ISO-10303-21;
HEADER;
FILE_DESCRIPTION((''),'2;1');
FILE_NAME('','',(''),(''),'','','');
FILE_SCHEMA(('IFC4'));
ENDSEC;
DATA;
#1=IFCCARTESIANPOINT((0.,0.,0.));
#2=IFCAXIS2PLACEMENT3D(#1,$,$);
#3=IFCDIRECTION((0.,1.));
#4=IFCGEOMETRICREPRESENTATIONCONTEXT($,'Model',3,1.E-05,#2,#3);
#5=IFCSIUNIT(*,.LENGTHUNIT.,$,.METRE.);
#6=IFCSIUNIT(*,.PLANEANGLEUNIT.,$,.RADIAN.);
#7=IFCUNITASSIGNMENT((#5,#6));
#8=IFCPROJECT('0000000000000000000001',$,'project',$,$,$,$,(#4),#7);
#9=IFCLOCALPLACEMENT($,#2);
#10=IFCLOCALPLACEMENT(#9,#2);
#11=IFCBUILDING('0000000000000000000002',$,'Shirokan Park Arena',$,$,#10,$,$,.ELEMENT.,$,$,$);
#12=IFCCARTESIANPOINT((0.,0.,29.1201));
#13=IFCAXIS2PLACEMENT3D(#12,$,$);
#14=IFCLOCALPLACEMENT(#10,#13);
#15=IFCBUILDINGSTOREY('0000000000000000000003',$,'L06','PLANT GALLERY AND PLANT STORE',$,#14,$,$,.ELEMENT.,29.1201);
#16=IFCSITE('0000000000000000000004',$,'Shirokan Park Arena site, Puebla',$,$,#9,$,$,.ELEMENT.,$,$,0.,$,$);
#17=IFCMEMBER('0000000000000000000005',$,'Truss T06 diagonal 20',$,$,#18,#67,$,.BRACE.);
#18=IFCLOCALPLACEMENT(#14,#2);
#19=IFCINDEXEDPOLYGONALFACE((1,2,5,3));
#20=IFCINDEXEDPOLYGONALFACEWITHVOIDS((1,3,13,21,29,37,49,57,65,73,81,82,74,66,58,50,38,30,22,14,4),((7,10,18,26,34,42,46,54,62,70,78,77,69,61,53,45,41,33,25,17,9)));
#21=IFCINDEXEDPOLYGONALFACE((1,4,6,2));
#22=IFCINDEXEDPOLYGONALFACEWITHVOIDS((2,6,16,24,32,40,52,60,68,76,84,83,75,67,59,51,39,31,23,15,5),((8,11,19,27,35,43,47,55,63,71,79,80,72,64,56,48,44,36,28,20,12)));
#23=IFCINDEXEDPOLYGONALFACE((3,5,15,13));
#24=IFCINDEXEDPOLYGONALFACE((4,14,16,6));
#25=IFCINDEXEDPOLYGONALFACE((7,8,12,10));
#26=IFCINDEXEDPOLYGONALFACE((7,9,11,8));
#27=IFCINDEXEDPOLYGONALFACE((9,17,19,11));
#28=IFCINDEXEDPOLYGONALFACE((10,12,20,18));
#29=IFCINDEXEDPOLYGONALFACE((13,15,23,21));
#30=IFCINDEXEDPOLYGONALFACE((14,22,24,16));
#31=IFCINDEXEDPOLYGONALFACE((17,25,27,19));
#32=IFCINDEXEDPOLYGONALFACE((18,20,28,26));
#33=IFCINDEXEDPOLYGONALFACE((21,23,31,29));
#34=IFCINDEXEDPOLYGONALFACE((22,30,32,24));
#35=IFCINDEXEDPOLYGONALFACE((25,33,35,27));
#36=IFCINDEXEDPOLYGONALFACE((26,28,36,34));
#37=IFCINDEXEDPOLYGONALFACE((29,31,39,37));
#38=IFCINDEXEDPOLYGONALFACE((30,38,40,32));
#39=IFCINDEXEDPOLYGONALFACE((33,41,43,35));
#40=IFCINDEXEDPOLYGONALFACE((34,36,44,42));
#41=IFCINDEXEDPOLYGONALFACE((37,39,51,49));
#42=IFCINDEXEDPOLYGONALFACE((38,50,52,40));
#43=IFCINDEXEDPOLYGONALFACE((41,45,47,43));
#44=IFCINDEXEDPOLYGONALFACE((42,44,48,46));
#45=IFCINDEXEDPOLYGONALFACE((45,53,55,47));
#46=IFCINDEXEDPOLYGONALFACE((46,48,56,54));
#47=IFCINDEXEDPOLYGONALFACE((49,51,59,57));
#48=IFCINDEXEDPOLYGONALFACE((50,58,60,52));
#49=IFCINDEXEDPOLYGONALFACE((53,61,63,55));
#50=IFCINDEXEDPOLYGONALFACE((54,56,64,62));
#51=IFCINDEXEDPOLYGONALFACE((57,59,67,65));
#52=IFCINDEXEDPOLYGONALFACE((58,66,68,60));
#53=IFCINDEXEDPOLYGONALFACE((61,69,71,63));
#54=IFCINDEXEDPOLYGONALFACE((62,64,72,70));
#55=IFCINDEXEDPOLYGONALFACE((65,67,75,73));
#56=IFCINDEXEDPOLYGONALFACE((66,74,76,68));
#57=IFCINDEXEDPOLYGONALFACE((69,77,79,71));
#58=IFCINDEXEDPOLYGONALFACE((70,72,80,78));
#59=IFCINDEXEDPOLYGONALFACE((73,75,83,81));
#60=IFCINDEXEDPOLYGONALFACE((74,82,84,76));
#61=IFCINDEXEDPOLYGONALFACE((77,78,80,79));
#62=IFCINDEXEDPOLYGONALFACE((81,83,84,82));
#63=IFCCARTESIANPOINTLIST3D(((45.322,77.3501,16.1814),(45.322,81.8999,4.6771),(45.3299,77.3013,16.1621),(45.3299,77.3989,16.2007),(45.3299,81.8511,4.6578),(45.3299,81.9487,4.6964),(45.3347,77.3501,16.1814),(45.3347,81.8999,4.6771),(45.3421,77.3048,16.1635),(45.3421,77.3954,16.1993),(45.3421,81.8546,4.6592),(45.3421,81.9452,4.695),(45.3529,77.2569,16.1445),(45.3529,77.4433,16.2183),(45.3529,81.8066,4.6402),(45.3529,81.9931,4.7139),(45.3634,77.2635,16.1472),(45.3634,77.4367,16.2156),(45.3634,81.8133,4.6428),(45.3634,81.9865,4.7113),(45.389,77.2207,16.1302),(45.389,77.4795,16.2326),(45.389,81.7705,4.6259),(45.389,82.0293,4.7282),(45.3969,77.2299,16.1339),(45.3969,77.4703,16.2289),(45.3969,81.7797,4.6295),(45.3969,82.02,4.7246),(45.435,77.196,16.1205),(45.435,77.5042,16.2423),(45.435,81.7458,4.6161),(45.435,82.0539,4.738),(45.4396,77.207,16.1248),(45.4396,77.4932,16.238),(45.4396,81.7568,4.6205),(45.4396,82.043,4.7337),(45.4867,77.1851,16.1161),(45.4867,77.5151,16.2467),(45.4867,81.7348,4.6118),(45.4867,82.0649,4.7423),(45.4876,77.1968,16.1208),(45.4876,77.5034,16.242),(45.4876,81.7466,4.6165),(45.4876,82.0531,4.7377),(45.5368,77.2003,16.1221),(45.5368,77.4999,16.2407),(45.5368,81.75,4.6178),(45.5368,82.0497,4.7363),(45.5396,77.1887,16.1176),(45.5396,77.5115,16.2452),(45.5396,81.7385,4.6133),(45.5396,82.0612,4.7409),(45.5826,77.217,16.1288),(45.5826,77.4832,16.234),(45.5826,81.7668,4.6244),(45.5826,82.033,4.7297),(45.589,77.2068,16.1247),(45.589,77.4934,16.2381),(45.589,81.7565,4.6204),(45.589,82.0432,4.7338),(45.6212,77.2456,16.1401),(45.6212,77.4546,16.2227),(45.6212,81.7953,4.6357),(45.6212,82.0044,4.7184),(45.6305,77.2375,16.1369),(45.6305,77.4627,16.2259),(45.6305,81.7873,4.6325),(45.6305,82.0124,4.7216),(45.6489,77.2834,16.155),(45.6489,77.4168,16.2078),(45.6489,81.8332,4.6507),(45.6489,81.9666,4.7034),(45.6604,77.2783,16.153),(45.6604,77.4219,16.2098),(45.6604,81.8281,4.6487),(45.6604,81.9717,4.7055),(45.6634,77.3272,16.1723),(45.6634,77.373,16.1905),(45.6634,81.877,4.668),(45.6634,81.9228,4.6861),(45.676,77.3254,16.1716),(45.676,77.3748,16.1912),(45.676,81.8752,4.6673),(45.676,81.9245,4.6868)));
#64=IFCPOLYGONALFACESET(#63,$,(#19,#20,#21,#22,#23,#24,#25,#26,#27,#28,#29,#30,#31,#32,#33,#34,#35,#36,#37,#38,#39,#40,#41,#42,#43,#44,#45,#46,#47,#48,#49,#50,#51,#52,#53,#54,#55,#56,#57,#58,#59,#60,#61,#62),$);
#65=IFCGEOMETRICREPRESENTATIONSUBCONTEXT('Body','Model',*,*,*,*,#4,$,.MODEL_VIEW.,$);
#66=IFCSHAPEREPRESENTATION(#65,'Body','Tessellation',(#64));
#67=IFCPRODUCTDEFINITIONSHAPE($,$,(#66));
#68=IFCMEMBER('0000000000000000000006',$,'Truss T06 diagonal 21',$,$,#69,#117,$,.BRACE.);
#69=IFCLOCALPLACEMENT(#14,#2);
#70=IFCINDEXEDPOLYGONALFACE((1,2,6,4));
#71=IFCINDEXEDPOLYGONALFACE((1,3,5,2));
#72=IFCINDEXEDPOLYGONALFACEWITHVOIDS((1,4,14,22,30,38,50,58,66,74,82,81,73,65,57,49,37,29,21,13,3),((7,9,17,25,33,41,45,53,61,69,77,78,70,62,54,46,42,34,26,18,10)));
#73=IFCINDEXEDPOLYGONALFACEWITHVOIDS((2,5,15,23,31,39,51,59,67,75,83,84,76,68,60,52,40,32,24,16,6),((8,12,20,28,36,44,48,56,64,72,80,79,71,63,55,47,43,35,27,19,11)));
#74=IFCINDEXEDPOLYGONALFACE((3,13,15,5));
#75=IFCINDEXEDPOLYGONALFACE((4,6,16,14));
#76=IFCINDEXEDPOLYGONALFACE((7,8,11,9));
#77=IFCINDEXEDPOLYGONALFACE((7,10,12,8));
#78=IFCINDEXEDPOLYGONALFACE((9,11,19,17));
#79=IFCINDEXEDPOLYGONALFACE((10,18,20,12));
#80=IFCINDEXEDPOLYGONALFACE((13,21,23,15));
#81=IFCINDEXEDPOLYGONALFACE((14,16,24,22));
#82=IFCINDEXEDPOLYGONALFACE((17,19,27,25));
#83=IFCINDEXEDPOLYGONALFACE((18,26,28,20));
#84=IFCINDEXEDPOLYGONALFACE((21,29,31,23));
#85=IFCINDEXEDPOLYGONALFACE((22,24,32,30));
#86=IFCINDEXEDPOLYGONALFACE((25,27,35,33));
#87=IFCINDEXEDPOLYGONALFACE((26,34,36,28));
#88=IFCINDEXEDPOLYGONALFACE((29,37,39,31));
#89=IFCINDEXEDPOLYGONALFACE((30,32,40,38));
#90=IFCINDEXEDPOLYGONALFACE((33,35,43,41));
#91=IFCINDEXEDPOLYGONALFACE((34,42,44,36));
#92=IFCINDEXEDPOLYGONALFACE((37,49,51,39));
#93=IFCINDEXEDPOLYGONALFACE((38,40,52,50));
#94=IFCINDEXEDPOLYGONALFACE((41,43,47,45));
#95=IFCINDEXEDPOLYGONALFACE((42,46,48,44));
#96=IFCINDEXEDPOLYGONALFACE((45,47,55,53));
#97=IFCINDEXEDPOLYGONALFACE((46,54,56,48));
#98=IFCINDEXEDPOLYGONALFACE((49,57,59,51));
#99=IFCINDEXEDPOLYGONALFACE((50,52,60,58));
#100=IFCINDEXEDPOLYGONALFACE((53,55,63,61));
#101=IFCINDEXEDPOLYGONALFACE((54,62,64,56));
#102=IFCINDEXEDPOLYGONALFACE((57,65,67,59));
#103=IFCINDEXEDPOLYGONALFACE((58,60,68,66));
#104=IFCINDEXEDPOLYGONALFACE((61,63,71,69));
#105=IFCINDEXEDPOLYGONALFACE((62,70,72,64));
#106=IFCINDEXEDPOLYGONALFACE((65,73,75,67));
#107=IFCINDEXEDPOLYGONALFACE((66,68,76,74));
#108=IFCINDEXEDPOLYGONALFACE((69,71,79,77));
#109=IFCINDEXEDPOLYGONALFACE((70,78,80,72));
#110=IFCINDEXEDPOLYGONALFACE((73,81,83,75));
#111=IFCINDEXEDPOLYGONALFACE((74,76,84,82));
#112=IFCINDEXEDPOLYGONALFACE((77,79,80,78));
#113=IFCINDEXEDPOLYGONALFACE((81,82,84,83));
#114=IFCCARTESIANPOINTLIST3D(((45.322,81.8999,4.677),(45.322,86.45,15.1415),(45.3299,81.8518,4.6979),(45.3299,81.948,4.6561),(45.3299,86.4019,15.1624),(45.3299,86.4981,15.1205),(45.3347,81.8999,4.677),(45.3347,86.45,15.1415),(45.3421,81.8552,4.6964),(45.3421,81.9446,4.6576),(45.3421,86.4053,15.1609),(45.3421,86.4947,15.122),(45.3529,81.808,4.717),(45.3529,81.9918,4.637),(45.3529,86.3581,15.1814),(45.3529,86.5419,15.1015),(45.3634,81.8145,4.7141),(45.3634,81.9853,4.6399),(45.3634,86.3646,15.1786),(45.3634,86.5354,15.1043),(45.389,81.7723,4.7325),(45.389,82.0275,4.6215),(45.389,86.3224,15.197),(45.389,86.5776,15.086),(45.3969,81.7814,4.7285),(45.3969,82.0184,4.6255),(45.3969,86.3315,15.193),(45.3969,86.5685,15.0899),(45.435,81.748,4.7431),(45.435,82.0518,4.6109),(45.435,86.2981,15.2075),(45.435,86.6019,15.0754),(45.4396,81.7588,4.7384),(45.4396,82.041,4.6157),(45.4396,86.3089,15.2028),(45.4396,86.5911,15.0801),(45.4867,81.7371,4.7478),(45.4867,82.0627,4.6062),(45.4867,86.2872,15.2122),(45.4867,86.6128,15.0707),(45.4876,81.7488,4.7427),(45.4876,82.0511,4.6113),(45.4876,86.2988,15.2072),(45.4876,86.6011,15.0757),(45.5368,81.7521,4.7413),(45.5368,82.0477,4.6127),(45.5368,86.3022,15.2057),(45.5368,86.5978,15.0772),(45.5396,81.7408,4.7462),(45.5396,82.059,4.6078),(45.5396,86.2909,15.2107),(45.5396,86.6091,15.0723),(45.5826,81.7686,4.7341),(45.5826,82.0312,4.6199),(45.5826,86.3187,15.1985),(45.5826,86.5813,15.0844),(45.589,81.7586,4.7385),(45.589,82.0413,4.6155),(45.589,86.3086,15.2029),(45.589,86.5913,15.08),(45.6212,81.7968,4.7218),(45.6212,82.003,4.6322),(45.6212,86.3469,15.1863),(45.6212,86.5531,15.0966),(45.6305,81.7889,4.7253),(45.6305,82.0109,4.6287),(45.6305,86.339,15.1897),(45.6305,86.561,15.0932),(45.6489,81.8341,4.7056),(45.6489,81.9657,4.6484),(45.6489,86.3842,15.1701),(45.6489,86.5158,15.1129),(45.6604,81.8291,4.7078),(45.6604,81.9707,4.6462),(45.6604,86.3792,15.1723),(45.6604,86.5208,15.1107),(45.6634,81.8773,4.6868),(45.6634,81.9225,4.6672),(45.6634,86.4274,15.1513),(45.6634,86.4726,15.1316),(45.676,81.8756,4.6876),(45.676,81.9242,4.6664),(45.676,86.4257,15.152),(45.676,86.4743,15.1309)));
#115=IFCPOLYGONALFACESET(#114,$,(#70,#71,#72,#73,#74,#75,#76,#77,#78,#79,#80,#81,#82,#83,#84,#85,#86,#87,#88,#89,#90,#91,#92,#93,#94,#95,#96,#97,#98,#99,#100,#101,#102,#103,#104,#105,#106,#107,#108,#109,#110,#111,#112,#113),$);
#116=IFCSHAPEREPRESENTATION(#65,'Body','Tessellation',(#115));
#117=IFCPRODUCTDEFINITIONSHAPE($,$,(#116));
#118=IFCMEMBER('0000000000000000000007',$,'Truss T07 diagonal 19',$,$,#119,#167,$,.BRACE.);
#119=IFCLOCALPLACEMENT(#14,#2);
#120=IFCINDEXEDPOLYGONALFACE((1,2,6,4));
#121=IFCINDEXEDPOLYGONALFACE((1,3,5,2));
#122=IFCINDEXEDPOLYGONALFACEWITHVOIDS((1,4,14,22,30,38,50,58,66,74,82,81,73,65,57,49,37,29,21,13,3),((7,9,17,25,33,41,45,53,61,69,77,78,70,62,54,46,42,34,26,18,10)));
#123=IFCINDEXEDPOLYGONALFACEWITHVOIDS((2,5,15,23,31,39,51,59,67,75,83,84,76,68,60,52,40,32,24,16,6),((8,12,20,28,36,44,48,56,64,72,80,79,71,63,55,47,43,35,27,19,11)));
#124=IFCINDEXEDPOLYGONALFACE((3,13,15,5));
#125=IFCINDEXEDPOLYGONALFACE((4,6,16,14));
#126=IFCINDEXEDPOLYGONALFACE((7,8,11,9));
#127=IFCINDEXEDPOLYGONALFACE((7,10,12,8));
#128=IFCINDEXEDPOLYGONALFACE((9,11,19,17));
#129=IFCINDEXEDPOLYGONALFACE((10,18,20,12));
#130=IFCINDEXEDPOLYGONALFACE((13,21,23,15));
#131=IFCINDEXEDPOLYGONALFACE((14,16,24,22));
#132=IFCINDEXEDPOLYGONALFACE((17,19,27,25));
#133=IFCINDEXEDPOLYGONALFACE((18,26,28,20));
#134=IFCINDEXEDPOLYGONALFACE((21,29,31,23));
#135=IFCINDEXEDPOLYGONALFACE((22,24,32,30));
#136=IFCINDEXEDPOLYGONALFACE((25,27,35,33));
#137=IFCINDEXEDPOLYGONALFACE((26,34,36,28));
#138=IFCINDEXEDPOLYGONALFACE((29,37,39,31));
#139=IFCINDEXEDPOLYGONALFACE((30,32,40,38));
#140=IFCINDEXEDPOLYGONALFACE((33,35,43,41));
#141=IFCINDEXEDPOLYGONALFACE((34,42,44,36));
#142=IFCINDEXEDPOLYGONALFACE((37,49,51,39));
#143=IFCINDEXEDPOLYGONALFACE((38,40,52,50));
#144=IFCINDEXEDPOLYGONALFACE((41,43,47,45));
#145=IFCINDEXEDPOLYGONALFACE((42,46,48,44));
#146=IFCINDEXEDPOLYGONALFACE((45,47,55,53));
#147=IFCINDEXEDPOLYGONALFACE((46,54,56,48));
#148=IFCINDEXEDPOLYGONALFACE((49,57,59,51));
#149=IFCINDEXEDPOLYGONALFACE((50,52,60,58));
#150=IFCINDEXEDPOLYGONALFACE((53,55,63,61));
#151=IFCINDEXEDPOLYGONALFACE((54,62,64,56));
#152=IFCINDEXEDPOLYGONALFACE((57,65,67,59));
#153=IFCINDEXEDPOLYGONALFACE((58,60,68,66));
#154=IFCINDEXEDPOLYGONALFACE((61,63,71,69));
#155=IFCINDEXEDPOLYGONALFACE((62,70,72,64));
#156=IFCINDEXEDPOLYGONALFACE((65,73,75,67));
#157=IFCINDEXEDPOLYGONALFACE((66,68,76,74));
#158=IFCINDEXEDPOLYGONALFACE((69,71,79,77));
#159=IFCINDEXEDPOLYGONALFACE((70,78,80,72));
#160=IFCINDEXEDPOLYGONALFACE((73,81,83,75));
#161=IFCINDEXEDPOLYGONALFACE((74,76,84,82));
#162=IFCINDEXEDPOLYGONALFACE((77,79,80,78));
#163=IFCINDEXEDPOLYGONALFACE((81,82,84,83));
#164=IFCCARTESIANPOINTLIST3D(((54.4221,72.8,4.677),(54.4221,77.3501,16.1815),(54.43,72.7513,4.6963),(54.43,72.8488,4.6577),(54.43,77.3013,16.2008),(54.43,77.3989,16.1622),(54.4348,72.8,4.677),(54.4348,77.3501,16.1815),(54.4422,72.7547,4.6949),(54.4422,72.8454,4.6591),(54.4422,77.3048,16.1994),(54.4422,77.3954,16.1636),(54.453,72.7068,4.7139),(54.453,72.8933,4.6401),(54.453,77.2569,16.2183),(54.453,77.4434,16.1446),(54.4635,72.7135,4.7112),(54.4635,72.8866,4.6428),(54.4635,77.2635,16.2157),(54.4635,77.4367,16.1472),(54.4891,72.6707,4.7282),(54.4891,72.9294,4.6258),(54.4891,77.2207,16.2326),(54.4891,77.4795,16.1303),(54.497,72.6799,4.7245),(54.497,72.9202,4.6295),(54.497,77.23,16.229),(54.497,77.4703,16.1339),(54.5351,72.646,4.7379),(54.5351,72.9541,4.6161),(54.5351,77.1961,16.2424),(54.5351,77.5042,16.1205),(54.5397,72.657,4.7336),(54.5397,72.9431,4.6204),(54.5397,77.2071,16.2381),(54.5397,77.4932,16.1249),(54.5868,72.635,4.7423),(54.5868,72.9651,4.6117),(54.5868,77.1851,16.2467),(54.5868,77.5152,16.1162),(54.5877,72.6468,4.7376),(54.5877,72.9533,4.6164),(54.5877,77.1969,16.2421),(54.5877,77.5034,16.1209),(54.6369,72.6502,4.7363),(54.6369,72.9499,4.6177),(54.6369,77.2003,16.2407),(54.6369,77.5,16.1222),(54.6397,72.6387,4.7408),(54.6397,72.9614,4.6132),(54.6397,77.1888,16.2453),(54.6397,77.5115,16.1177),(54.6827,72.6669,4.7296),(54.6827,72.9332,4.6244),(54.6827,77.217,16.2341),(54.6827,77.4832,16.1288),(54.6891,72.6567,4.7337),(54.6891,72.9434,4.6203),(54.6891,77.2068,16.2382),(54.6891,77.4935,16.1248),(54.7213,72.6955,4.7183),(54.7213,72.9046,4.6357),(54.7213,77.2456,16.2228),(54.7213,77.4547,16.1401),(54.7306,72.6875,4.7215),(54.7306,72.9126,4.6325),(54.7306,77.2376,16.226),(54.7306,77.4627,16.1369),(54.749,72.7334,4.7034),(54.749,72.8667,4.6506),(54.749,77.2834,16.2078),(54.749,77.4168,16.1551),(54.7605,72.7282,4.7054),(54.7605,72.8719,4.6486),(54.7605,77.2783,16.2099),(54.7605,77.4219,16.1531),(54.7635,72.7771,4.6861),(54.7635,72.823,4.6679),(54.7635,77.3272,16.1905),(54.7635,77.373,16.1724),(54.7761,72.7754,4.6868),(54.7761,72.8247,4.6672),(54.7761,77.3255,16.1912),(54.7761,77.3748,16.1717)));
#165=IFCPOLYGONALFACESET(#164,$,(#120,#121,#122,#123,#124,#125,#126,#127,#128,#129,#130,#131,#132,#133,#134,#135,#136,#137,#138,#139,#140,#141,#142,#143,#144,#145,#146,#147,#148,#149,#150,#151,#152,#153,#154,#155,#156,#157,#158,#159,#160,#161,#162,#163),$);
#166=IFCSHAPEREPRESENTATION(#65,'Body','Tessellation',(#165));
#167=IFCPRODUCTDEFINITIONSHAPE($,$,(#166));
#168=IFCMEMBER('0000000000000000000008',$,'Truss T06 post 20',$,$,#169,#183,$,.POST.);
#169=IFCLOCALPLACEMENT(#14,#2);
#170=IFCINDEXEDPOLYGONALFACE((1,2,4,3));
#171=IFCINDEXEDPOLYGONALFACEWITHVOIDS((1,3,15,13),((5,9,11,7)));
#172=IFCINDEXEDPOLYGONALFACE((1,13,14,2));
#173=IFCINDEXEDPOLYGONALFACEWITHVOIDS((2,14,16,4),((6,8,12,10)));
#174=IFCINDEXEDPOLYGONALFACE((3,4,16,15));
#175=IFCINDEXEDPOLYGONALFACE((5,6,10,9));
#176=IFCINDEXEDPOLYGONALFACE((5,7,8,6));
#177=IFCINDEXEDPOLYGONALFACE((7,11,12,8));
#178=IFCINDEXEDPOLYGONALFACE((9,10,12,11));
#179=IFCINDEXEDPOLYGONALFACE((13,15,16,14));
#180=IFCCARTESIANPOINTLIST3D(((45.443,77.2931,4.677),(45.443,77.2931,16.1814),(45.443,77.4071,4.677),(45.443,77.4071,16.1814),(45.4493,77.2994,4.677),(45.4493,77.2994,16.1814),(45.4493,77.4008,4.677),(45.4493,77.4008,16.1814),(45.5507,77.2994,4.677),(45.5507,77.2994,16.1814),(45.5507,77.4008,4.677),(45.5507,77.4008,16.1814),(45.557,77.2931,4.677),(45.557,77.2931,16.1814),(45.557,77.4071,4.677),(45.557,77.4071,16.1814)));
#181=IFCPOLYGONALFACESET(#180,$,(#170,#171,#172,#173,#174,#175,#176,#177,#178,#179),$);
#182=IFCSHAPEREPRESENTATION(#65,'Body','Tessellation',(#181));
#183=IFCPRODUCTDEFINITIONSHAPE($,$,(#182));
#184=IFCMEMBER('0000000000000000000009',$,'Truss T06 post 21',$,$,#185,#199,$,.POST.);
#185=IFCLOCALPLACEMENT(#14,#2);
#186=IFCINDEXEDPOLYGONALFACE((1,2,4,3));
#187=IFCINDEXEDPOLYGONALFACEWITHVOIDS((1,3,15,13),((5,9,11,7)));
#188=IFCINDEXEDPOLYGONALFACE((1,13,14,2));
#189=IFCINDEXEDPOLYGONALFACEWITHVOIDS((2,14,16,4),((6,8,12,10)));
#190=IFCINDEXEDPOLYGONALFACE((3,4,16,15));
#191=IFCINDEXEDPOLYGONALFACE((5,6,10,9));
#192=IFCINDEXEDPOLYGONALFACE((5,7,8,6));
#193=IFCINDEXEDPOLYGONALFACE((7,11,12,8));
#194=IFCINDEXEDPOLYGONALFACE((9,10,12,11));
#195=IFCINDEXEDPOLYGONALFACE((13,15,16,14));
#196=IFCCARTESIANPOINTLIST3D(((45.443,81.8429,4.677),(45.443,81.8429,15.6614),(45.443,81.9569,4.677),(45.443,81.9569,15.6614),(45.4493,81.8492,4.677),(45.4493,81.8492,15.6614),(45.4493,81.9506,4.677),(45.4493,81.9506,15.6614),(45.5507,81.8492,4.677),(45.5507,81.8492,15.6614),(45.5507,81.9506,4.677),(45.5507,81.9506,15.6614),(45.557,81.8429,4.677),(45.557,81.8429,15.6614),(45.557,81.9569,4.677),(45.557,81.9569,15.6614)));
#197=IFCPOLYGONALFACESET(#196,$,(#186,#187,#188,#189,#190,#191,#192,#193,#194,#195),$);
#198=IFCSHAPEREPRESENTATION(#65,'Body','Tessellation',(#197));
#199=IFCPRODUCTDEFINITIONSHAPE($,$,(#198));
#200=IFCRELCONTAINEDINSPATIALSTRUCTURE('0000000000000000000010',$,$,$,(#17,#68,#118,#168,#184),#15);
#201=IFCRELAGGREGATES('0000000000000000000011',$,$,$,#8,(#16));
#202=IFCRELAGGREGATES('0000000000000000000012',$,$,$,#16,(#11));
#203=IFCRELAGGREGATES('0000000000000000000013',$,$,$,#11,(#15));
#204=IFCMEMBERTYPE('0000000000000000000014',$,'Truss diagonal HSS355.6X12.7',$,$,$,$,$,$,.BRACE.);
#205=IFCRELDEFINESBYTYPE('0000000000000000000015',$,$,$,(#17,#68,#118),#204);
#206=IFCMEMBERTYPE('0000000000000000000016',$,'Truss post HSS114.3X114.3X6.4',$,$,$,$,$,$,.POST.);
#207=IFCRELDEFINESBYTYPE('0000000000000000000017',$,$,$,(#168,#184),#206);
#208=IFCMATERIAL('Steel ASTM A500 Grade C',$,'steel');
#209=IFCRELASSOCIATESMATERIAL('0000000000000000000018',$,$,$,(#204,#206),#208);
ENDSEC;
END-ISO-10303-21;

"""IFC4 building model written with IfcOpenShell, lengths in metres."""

from ifc_helpers import new_model, si_unit, direction, frame, origin, origin_2d, place, context, subcontext, project, spatial, hollow_rectangle, hollow_circle, extrude, material, material_profile, profile_set, type_object, element, save


model = new_model("IFC4")

# Units and contexts
model_context = context("Model", 3, precision=1e-05, world=origin(), true_north=direction((0.0, 1.0)))
body_context = subcontext(model_context, "Body", "Model", "MODEL_VIEW")
ifc_project = project(units=[si_unit("LENGTHUNIT", "METRE"), si_unit("PLANEANGLEUNIT", "RADIAN")], contexts=[model_context])

# Site, building, storey
site_placement = place(None, origin())
site = spatial("IfcSite", under=ifc_project, at=site_placement, Name="Shirokan Park Arena site, Puebla", CompositionType="ELEMENT", RefElevation=0.0)
building_placement = place(site_placement, origin())
building = spatial("IfcBuilding", under=site, at=building_placement, Name="Shirokan Park Arena", CompositionType="ELEMENT")
storey_placement = place(building_placement, frame((0.0, 0.0, 29.1201)))
storey = spatial("IfcBuildingStorey", under=building, at=storey_placement, Name="L06", Description="PLANT GALLERY AND PLANT STORE", CompositionType="ELEMENT", Elevation=29.1201)

# Members
ifc_material_1 = material(Name="Steel ASTM A500 Grade C", Category="steel")
ifc_material_profile_1 = material_profile(ifc_material_1, hollow_circle(Radius=0.178, WallThickness=0.0127, at=origin_2d()), Name="HSS355.6X12.7")
ifc_profile_set_1 = profile_set([ifc_material_profile_1], Name="Steel ASTM A500 Grade C")
member_type_1 = type_object("IfcMemberType", Name="Truss diagonal HSS355.6X12.7", PredefinedType="BRACE", material=ifc_profile_set_1)
member_1_placement = place(storey_placement, frame((45.5, 77.3501, 16.1814), z_axis=(0.0, 0.367768, -0.929918), x_axis=(-1.0, 0.0, 0.0)))
element("IfcMember", 1, at=member_1_placement, inside=storey, type_object=member_type_1, Name="Truss T06 diagonal 20", PredefinedType="BRACE", context=body_context, shape_type="SweptSolid", body=[
    extrude(hollow_circle(Radius=0.178, WallThickness=0.0127, at=origin_2d()), origin(), (0.0, 0.0, 1.0), 12.3713),
])
member_2_placement = place(storey_placement, frame((45.5, 81.8999, 4.677), z_axis=(0.0, 0.39875, 0.91706), x_axis=(-1.0, 0.0, 0.0)))
element("IfcMember", 2, at=member_2_placement, inside=storey, type_object=member_type_1, Name="Truss T06 diagonal 21", PredefinedType="BRACE", context=body_context, shape_type="SweptSolid", body=[
    extrude(hollow_circle(Radius=0.178, WallThickness=0.0127, at=origin_2d()), origin(), (0.0, 0.0, 1.0), 11.4109),
])
member_3_placement = place(storey_placement, frame((54.6001, 72.8, 4.677), z_axis=(0.0, 0.367785, 0.929911), x_axis=(-1.0, 0.0, 0.0)))
element("IfcMember", 3, at=member_3_placement, inside=storey, type_object=member_type_1, Name="Truss T07 diagonal 19", PredefinedType="BRACE", context=body_context, shape_type="SweptSolid", body=[
    extrude(hollow_circle(Radius=0.178, WallThickness=0.0127, at=origin_2d()), origin(), (0.0, 0.0, 1.0), 12.3716),
])
ifc_material_profile_2 = material_profile(ifc_material_1, hollow_rectangle(XDim=0.114, YDim=0.114, WallThickness=0.0063, at=origin_2d()), Name="HSS114.3X114.3X6.4")
ifc_profile_set_2 = profile_set([ifc_material_profile_2], Name="Steel ASTM A500 Grade C")
member_type_2 = type_object("IfcMemberType", Name="Truss post HSS114.3X114.3X6.4", PredefinedType="POST", material=ifc_profile_set_2)
member_4_placement = place(storey_placement, frame((45.5, 77.3501, 4.677), z_axis=(0.0, 0.0, 1.0), x_axis=(1.0, 0.0, 0.0)))
element("IfcMember", 4, at=member_4_placement, inside=storey, type_object=member_type_2, Name="Truss T06 post 20", PredefinedType="POST", context=body_context, shape_type="SweptSolid", body=[
    extrude(hollow_rectangle(XDim=0.114, YDim=0.114, WallThickness=0.0063, at=origin_2d()), origin(), (0.0, 0.0, 1.0), 11.5044),
])
member_5_placement = place(storey_placement, frame((45.5, 81.8999, 4.677), z_axis=(0.0, 0.0, 1.0), x_axis=(1.0, 0.0, 0.0)))
element("IfcMember", 5, at=member_5_placement, inside=storey, type_object=member_type_2, Name="Truss T06 post 21", PredefinedType="POST", context=body_context, shape_type="SweptSolid", body=[
    extrude(hollow_rectangle(XDim=0.114, YDim=0.114, WallThickness=0.0063, at=origin_2d()), origin(), (0.0, 0.0, 1.0), 10.9844),
])

save(model, "model.ifc")
